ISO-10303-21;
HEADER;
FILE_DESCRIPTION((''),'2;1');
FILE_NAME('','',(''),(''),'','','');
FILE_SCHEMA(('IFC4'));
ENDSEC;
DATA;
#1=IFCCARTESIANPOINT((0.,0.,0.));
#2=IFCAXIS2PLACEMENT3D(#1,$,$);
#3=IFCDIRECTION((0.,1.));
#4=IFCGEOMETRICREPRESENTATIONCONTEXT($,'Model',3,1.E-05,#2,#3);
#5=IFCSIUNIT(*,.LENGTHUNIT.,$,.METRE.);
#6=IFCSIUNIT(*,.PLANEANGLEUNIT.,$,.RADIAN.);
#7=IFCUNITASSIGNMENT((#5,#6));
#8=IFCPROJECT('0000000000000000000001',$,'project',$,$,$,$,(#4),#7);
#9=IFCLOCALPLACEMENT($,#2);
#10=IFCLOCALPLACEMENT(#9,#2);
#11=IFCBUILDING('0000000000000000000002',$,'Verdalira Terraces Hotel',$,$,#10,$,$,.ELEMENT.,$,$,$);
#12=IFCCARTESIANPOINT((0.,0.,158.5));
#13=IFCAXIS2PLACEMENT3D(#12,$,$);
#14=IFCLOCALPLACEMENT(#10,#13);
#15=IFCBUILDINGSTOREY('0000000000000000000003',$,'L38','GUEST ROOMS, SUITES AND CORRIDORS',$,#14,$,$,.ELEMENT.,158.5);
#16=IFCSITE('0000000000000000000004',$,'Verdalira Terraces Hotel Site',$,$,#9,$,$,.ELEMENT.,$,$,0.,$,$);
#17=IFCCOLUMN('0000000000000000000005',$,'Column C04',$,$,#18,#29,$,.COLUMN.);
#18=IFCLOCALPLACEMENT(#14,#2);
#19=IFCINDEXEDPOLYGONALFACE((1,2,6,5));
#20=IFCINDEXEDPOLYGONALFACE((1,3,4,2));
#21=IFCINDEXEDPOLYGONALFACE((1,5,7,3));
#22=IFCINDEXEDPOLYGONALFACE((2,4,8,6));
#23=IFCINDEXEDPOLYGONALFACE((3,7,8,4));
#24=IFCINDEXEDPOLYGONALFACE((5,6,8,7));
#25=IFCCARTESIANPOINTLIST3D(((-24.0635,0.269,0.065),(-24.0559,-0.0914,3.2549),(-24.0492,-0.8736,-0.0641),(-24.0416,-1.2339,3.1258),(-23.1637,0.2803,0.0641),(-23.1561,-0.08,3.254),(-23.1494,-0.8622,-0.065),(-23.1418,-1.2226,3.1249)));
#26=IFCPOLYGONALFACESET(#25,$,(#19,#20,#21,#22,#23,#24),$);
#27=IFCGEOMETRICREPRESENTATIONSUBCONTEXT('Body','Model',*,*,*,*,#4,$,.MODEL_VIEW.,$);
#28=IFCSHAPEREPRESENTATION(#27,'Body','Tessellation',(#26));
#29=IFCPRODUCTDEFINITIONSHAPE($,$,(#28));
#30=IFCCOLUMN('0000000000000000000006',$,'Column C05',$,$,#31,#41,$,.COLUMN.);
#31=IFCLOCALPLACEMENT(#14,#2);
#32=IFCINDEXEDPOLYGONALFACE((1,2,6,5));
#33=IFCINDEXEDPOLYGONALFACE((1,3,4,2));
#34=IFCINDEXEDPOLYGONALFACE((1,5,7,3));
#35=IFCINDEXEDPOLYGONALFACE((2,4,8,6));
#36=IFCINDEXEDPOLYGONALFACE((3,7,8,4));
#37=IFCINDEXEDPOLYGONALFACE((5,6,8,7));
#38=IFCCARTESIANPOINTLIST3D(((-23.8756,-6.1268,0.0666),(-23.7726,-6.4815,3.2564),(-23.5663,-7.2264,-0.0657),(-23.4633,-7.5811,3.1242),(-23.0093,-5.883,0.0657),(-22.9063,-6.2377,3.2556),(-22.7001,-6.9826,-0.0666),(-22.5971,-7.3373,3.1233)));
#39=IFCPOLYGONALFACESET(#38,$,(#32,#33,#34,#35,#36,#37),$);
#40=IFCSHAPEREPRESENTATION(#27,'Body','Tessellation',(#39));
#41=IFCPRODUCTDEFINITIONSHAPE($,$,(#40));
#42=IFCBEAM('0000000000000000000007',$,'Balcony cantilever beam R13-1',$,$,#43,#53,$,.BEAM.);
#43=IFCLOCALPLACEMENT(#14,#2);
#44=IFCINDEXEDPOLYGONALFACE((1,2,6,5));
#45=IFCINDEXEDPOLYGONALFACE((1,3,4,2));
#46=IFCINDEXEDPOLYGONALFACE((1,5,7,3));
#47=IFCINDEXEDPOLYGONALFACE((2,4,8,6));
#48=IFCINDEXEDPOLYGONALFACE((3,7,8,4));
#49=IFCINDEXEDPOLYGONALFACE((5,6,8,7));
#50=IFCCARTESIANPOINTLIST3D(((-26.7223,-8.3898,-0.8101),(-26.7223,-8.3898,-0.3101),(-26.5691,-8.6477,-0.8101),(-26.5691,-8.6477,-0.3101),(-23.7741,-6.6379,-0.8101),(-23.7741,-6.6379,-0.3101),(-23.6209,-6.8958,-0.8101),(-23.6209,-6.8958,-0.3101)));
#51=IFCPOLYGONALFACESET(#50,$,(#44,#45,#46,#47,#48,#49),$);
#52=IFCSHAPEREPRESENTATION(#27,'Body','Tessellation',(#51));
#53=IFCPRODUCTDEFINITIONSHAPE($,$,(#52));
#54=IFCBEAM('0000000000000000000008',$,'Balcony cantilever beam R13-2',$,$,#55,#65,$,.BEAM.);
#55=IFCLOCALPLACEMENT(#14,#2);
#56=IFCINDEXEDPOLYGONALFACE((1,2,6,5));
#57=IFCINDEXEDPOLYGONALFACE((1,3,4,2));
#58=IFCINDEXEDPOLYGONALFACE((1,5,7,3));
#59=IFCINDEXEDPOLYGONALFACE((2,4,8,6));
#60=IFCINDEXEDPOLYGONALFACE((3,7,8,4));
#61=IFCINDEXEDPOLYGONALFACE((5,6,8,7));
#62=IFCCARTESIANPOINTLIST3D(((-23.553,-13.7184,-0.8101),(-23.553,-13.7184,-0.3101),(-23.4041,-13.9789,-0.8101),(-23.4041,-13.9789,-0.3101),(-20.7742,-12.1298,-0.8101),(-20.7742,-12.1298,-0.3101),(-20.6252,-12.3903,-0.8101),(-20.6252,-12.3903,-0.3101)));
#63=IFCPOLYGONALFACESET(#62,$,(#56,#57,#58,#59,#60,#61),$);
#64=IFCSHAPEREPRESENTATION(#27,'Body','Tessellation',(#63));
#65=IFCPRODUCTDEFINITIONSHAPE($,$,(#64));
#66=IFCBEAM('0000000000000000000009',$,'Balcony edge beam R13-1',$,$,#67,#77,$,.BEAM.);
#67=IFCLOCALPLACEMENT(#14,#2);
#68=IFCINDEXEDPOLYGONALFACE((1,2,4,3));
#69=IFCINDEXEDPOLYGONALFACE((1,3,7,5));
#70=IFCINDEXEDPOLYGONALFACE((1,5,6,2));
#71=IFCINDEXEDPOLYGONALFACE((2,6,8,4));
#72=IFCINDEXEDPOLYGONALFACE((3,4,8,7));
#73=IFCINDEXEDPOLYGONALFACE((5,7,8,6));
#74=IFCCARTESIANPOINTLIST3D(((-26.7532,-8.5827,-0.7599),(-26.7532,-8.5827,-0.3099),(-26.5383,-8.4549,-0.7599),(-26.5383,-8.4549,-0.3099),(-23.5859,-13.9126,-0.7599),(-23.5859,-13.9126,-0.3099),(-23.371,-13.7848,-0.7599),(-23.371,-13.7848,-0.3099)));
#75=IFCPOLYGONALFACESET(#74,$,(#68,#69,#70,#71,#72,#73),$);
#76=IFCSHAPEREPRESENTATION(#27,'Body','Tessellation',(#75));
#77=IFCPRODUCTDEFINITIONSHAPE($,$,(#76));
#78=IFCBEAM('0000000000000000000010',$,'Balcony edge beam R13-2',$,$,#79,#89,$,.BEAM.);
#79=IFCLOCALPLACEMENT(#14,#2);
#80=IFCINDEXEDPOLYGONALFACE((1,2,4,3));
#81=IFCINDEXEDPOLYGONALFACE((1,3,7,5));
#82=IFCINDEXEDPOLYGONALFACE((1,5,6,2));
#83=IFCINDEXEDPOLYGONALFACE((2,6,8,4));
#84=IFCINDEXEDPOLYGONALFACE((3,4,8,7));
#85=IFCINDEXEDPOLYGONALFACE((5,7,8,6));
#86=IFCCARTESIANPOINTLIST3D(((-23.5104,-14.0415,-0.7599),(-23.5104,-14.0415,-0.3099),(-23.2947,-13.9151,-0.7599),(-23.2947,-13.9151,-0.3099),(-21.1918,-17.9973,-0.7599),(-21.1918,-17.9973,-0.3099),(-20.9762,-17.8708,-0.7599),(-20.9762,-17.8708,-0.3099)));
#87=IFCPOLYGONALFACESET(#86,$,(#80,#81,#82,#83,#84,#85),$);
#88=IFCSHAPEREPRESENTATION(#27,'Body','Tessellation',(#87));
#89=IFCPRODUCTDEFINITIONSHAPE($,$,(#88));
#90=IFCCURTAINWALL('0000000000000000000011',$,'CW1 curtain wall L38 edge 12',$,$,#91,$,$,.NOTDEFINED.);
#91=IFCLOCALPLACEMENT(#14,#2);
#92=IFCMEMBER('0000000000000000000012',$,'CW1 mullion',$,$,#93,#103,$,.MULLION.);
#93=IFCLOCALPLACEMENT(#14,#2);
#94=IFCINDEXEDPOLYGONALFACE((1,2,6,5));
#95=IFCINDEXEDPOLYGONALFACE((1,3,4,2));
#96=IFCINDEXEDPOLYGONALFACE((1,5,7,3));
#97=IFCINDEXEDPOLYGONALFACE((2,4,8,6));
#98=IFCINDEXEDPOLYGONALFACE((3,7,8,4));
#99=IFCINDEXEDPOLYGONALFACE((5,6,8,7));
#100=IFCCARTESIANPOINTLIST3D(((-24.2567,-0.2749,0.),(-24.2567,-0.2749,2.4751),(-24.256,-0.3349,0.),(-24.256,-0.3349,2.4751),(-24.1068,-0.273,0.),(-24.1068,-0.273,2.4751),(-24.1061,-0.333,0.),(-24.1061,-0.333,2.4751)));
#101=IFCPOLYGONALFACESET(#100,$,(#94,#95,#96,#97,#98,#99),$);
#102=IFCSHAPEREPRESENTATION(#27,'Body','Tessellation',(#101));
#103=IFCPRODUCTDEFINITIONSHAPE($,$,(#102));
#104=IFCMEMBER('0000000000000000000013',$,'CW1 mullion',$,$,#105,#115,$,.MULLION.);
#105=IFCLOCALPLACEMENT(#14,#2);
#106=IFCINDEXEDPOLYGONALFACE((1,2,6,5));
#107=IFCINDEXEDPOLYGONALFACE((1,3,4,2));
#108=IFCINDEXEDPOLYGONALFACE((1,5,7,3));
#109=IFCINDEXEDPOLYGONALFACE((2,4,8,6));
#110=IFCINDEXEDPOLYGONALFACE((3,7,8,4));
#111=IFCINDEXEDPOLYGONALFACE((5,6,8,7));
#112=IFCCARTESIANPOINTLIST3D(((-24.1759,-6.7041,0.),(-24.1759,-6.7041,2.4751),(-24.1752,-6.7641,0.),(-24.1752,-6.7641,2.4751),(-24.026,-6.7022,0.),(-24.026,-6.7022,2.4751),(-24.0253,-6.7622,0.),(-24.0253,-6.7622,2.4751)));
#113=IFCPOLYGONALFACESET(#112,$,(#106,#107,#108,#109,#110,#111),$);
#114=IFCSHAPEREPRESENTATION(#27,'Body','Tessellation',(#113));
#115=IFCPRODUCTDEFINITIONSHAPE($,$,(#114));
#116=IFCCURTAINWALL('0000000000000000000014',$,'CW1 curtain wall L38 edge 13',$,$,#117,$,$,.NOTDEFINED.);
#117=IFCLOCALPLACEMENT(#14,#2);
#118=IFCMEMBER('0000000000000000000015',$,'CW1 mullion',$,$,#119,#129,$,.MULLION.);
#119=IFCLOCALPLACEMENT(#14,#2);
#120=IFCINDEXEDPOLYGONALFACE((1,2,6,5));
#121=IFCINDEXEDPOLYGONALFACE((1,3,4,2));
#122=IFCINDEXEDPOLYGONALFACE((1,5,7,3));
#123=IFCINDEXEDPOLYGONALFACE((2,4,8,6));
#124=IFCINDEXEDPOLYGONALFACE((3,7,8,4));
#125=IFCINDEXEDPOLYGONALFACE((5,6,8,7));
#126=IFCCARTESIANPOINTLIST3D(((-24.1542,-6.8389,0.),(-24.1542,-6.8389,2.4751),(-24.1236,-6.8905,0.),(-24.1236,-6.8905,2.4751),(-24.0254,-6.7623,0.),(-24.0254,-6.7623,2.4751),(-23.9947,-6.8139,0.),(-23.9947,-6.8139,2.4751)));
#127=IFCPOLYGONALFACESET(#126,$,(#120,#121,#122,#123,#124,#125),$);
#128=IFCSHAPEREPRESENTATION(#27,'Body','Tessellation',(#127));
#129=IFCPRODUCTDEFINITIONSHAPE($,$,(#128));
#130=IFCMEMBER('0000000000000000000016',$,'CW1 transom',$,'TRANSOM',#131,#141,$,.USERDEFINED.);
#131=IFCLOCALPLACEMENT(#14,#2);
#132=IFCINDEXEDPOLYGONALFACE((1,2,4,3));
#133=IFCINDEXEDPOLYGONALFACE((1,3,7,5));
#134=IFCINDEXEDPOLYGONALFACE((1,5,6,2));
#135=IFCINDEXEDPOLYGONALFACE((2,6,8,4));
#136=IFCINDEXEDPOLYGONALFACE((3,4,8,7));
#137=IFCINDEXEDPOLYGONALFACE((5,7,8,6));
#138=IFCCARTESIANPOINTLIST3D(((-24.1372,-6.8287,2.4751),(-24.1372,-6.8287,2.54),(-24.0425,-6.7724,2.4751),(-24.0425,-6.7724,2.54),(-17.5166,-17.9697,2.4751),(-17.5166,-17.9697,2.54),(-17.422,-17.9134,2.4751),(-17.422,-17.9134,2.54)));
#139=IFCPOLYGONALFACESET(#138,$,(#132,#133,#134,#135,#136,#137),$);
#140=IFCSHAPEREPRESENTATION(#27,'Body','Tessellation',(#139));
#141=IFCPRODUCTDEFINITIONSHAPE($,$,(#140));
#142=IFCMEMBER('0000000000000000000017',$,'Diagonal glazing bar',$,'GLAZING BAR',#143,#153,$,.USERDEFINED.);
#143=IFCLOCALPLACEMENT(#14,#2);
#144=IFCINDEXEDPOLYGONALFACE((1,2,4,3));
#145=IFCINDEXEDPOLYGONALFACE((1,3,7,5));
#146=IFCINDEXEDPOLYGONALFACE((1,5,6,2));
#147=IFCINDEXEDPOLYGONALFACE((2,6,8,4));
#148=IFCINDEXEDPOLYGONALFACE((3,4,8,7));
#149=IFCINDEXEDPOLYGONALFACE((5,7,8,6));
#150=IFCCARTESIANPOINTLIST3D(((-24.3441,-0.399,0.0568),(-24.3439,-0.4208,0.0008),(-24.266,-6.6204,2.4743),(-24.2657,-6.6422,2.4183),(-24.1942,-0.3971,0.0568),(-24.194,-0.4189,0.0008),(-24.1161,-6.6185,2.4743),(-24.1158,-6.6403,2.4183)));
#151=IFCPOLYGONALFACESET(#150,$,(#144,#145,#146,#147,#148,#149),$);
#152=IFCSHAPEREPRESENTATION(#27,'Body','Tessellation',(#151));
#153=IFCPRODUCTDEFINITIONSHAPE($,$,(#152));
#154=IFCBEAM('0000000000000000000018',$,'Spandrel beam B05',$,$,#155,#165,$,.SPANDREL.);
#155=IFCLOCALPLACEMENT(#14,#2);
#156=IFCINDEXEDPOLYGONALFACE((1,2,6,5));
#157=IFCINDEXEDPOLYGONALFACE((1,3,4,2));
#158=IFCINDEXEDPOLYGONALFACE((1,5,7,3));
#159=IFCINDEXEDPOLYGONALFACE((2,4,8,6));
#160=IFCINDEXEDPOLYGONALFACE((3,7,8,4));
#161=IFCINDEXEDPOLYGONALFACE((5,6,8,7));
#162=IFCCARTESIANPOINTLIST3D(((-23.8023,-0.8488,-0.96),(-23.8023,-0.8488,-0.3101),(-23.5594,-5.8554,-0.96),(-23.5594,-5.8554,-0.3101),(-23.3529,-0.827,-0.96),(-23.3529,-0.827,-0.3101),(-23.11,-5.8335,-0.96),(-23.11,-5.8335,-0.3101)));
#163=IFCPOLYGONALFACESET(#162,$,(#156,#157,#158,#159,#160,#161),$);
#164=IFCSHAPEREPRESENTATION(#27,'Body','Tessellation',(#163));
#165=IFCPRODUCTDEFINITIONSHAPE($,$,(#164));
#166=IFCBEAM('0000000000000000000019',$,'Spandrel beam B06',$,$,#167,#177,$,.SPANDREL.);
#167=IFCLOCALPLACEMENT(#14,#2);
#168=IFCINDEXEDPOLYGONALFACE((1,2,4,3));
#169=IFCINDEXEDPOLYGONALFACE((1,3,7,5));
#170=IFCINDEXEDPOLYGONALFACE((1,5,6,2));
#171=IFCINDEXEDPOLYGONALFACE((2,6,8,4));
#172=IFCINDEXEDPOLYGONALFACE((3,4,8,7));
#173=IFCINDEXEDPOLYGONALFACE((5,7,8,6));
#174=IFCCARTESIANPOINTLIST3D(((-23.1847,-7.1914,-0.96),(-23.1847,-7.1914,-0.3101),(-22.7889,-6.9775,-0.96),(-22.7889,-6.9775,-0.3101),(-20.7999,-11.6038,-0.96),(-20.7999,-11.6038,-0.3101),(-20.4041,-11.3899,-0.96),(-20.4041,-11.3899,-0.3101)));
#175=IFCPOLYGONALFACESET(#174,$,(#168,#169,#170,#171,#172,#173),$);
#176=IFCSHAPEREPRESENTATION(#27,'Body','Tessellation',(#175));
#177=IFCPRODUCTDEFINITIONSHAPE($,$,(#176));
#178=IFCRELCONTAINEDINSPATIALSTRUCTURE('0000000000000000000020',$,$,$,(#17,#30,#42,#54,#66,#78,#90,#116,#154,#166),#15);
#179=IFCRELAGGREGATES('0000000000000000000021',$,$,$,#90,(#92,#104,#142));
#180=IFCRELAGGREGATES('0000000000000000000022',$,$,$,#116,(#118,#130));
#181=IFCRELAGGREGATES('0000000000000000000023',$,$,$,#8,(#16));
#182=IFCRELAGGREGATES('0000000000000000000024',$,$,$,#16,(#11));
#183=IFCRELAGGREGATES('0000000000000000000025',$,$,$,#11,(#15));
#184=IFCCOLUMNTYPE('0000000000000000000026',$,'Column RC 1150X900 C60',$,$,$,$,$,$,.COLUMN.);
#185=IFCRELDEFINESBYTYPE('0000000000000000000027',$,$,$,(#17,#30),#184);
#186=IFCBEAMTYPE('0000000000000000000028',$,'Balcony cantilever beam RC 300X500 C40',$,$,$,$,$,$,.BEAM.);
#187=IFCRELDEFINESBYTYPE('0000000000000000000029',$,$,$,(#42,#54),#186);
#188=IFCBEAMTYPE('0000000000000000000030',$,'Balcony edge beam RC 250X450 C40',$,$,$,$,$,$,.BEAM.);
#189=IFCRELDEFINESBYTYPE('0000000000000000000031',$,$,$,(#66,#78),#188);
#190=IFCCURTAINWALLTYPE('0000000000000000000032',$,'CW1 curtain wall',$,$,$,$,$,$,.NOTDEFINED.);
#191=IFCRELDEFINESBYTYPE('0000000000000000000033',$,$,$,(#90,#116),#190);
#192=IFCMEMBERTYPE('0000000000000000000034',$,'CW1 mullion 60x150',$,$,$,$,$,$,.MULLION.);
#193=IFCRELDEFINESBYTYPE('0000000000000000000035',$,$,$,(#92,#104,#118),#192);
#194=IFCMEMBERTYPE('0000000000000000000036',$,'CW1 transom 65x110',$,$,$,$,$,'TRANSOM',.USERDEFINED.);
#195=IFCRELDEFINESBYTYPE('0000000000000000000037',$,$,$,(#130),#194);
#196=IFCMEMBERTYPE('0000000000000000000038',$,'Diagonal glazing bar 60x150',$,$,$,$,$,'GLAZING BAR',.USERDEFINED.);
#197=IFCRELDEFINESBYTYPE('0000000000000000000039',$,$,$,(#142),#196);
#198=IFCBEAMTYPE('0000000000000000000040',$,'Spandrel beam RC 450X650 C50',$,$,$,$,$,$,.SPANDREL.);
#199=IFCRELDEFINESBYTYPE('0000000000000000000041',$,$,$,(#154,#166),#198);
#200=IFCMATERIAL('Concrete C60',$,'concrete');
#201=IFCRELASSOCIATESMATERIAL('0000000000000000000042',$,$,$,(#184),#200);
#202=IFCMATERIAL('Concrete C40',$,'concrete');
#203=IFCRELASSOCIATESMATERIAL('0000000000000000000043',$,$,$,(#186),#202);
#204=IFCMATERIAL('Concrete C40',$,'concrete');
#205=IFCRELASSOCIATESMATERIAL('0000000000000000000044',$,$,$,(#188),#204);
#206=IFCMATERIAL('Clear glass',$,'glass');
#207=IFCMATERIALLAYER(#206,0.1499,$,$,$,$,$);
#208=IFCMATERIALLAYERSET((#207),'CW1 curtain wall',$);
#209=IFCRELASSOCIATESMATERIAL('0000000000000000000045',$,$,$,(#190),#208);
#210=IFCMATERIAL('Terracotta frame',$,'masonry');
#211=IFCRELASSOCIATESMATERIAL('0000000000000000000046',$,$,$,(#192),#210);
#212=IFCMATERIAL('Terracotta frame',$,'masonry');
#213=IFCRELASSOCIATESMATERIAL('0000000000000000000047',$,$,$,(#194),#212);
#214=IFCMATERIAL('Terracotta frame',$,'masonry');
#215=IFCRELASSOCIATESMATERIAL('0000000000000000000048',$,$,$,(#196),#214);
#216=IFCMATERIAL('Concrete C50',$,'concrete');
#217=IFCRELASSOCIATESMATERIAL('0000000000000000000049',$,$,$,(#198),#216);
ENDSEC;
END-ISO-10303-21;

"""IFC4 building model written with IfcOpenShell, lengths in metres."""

from ifc_helpers import new_model, si_unit, direction, frame, origin, origin_2d, place, context, subcontext, project, spatial, rectangle, extrude, material, layer, layer_set, material_profile, profile_set, type_object, element, aggregate, save


model = new_model("IFC4")

# Units and contexts
model_context = context("Model", 3, precision=1e-05, world=origin(), true_north=direction((0.0, 1.0)))
body_context = subcontext(model_context, "Body", "Model", "MODEL_VIEW")
ifc_project = project(units=[si_unit("LENGTHUNIT", "METRE"), si_unit("PLANEANGLEUNIT", "RADIAN")], contexts=[model_context])

# Site, building, storey
site_placement = place(None, origin())
site = spatial("IfcSite", under=ifc_project, at=site_placement, Name="Verdalira Terraces Hotel Site", CompositionType="ELEMENT", RefElevation=0.0)
building_placement = place(site_placement, origin())
building = spatial("IfcBuilding", under=site, at=building_placement, Name="Verdalira Terraces Hotel", CompositionType="ELEMENT")
storey_placement = place(building_placement, frame((0.0, 0.0, 158.5)))
storey = spatial("IfcBuildingStorey", under=building, at=storey_placement, Name="L38", Description="GUEST ROOMS, SUITES AND CORRIDORS", CompositionType="ELEMENT", Elevation=158.5)

# Columns
ifc_material_1 = material(Name="Concrete C60", Category="concrete")
ifc_material_profile_1 = material_profile(ifc_material_1, rectangle(XDim=1.1499, YDim=0.8999, at=origin_2d()), Name="RC 1150X900")
ifc_profile_set_1 = profile_set([ifc_material_profile_1], Name="Concrete C60")
column_type = type_object("IfcColumnType", Name="Column RC 1150X900 C60", PredefinedType="COLUMN", material=ifc_profile_set_1)
column_1_placement = place(storey_placement, frame((-23.6064, -0.2966, 0.0), z_axis=(0.002358, -0.112251, 0.993677), x_axis=(0.012435, -0.9936, -0.112271)))
element("IfcColumn", 1, at=column_1_placement, inside=storey, type_object=column_type, Name="Column C04", PredefinedType="COLUMN", context=body_context, shape_type="SweptSolid", body=[
    extrude(rectangle(XDim=1.1499, YDim=0.8999, at=origin_2d()), origin(), (0.0, 0.0, 1.0), 3.2102),
])
column_2_placement = place(storey_placement, frame((-23.2878, -6.5547, 0.0), z_axis=(0.032083, -0.110466, 0.993362), x_axis=(-0.268949, 0.956261, 0.115027)))
element("IfcColumn", 2, at=column_2_placement, inside=storey, type_object=column_type, Name="Column C05", PredefinedType="COLUMN", context=body_context, shape_type="SweptSolid", body=[
    extrude(rectangle(XDim=1.1499, YDim=0.8999, at=origin_2d()), origin(), (0.0, 0.0, 1.0), 3.2112),
])

# Beams
ifc_material_2 = material(Name="Concrete C40", Category="concrete")
ifc_material_profile_2 = material_profile(ifc_material_2, rectangle(XDim=0.3, YDim=0.5, at=origin_2d()), Name="RC 300X500")
ifc_profile_set_2 = profile_set([ifc_material_profile_2], Name="Concrete C40")
beam_type_1 = type_object("IfcBeamType", Name="Balcony cantilever beam RC 300X500 C40", PredefinedType="BEAM", material=ifc_profile_set_2)
beam_1_placement = place(storey_placement, frame((-23.6975, -6.7668, -0.5601), z_axis=(-0.859671, -0.510848, 0.0), x_axis=(0.510848, -0.859671, 0.0)))
element("IfcBeam", 3, at=beam_1_placement, inside=storey, type_object=beam_type_1, Name="Balcony cantilever beam R13-1", PredefinedType="BEAM", context=body_context, shape_type="SweptSolid", body=[
    extrude(rectangle(XDim=0.3, YDim=0.5, at=origin_2d()), origin(), (0.0, 0.0, 1.0), 3.4294),
])
beam_2_placement = place(storey_placement, frame((-20.6997, -12.26, -0.5601), z_axis=(-0.868145, -0.496311, 0.0), x_axis=(0.496311, -0.868145, 0.0)))
element("IfcBeam", 4, at=beam_2_placement, inside=storey, type_object=beam_type_1, Name="Balcony cantilever beam R13-2", PredefinedType="BEAM", context=body_context, shape_type="SweptSolid", body=[
    extrude(rectangle(XDim=0.3, YDim=0.5, at=origin_2d()), origin(), (0.0, 0.0, 1.0), 3.2009),
])
ifc_material_3 = material(Name="Concrete C40", Category="concrete")
ifc_material_profile_3 = material_profile(ifc_material_3, rectangle(XDim=0.25, YDim=0.45, at=origin_2d()), Name="RC 250X450")
ifc_profile_set_3 = profile_set([ifc_material_profile_3], Name="Concrete C40")
beam_type_2 = type_object("IfcBeamType", Name="Balcony edge beam RC 250X450 C40", PredefinedType="BEAM", material=ifc_profile_set_3)
beam_3_placement = place(storey_placement, frame((-26.6458, -8.5188, -0.5349), z_axis=(0.510854, -0.859667, 0.0), x_axis=(0.859667, 0.510854, 0.0)))
element("IfcBeam", 5, at=beam_3_placement, inside=storey, type_object=beam_type_2, Name="Balcony edge beam R13-1", PredefinedType="BEAM", context=body_context, shape_type="SweptSolid", body=[
    extrude(rectangle(XDim=0.25, YDim=0.45, at=origin_2d()), origin(), (0.0, 0.0, 1.0), 6.2),
])
beam_4_placement = place(storey_placement, frame((-23.4026, -13.9783, -0.5349), z_axis=(0.505668, -0.862728, 0.0), x_axis=(0.862728, 0.505668, 0.0)))
element("IfcBeam", 6, at=beam_4_placement, inside=storey, type_object=beam_type_2, Name="Balcony edge beam R13-2", PredefinedType="BEAM", context=body_context, shape_type="SweptSolid", body=[
    extrude(rectangle(XDim=0.25, YDim=0.45, at=origin_2d()), origin(), (0.0, 0.0, 1.0), 4.5852),
])

# Curtain walls, members
ifc_material_4 = material(Name="Clear glass", Category="glass")
ifc_layer_1 = layer(ifc_material_4, 0.1499)
ifc_layer_set_1 = layer_set([ifc_layer_1], Name="CW1 curtain wall")
curtain_wall_type = type_object("IfcCurtainWallType", Name="CW1 curtain wall", PredefinedType="NOTDEFINED", material=ifc_layer_set_1)
curtain_wall_1_placement = place(storey_placement, origin())
curtain_wall_1 = element("IfcCurtainWall", 7, at=curtain_wall_1_placement, inside=storey, type_object=curtain_wall_type, Name="CW1 curtain wall L38 edge 12", PredefinedType="NOTDEFINED")
ifc_material_5 = material(Name="Terracotta frame", Category="masonry")
ifc_material_profile_4 = material_profile(ifc_material_5, rectangle(XDim=0.0601, YDim=0.1499, at=origin_2d()), Name="MU 60x150")
ifc_profile_set_4 = profile_set([ifc_material_profile_4], Name="Terracotta frame")
member_type_1 = type_object("IfcMemberType", Name="CW1 mullion 60x150", PredefinedType="MULLION", material=ifc_profile_set_4)
member_1_placement = place(storey_placement, frame((-24.1814, -0.304, 0.0), z_axis=(0.0, 0.0, 1.0), x_axis=(0.012566, -0.999921, 0.0)))
member_1 = element("IfcMember", 8, at=member_1_placement, type_object=member_type_1, Name="CW1 mullion", PredefinedType="MULLION", context=body_context, shape_type="SweptSolid", body=[
    extrude(rectangle(XDim=0.0601, YDim=0.1499, at=origin_2d()), origin(), (0.0, 0.0, 1.0), 2.4751),
])
member_2_placement = place(storey_placement, frame((-24.1006, -6.7332, 0.0), z_axis=(0.0, 0.0, 1.0), x_axis=(0.012566, -0.999921, 0.0)))
member_2 = element("IfcMember", 9, at=member_2_placement, type_object=member_type_1, Name="CW1 mullion", PredefinedType="MULLION", context=body_context, shape_type="SweptSolid", body=[
    extrude(rectangle(XDim=0.0601, YDim=0.1499, at=origin_2d()), origin(), (0.0, 0.0, 1.0), 2.4751),
])
curtain_wall_2_placement = place(storey_placement, origin())
curtain_wall_2 = element("IfcCurtainWall", 10, at=curtain_wall_2_placement, inside=storey, type_object=curtain_wall_type, Name="CW1 curtain wall L38 edge 13", PredefinedType="NOTDEFINED")
member_3_placement = place(storey_placement, frame((-24.0745, -6.8264, 0.0), z_axis=(0.0, 0.0, 1.0), x_axis=(0.510843, -0.859674, 0.0)))
member_3 = element("IfcMember", 11, at=member_3_placement, type_object=member_type_1, Name="CW1 mullion", PredefinedType="MULLION", context=body_context, shape_type="SweptSolid", body=[
    extrude(rectangle(XDim=0.0601, YDim=0.1499, at=origin_2d()), origin(), (0.0, 0.0, 1.0), 2.4751),
])
ifc_material_6 = material(Name="Terracotta frame", Category="masonry")
ifc_material_profile_5 = material_profile(ifc_material_6, rectangle(XDim=0.1101, YDim=0.0649, at=origin_2d()), Name="TR 65x110")
ifc_profile_set_5 = profile_set([ifc_material_profile_5], Name="Terracotta frame")
member_type_2 = type_object("IfcMemberType", Name="CW1 transom 65x110", ElementType="TRANSOM", PredefinedType="USERDEFINED", material=ifc_profile_set_5)
member_4_placement = place(storey_placement, frame((-24.0898, -6.8005, 2.5076), z_axis=(0.510856, -0.859666, 0.0), x_axis=(0.859666, 0.510856, 0.0)))
member_4 = element("IfcMember", 12, at=member_4_placement, type_object=member_type_2, Name="CW1 transom", ObjectType="TRANSOM", PredefinedType="USERDEFINED", context=body_context, shape_type="SweptSolid", body=[
    extrude(rectangle(XDim=0.1101, YDim=0.0649, at=origin_2d()), origin(), (0.0, 0.0, 1.0), 12.9597),
])

# Member
ifc_material_7 = material(Name="Terracotta frame", Category="masonry")
ifc_material_profile_6 = material_profile(ifc_material_7, rectangle(XDim=0.1499, YDim=0.0601, at=origin_2d()), Name="GB 60x150")
ifc_profile_set_6 = profile_set([ifc_material_profile_6], Name="Terracotta frame")
member_type_3 = type_object("IfcMemberType", Name="Diagonal glazing bar 60x150", ElementType="GLAZING BAR", PredefinedType="USERDEFINED", material=ifc_profile_set_6)
member_5_placement = place(storey_placement, frame((-24.269, -0.4089, 0.0288), z_axis=(0.011704, -0.93204, 0.362165), x_axis=(0.999921, 0.012556, 0.0)))
member_5 = element("IfcMember", 13, at=member_5_placement, type_object=member_type_3, Name="Diagonal glazing bar", ObjectType="GLAZING BAR", PredefinedType="USERDEFINED", context=body_context, shape_type="SweptSolid", body=[
    extrude(rectangle(XDim=0.1499, YDim=0.0601, at=origin_2d()), origin(), (0.0, 0.0, 1.0), 6.675),
])

# Beams
ifc_material_8 = material(Name="Concrete C50", Category="concrete")
ifc_material_profile_7 = material_profile(ifc_material_8, rectangle(XDim=0.45, YDim=0.6499, at=origin_2d()), Name="RC 450X650")
ifc_profile_set_7 = profile_set([ifc_material_profile_7], Name="Concrete C50")
beam_type_3 = type_object("IfcBeamType", Name="Spandrel beam RC 450X650 C50", PredefinedType="SPANDREL", material=ifc_profile_set_7)
beam_5_placement = place(storey_placement, frame((-23.5776, -0.8379, -0.635), z_axis=(0.048463, -0.998825, 0.0), x_axis=(0.998825, 0.048463, 0.0)))
element("IfcBeam", 14, at=beam_5_placement, inside=storey, type_object=beam_type_3, Name="Spandrel beam B05", PredefinedType="SPANDREL", context=body_context, shape_type="SweptSolid", body=[
    extrude(rectangle(XDim=0.45, YDim=0.6499, at=origin_2d()), origin(), (0.0, 0.0, 1.0), 5.0125),
])
beam_6_placement = place(storey_placement, frame((-22.9868, -7.0845, -0.635), z_axis=(0.475472, -0.879731, 0.0), x_axis=(0.879731, 0.475472, 0.0)))
element("IfcBeam", 15, at=beam_6_placement, inside=storey, type_object=beam_type_3, Name="Spandrel beam B06", PredefinedType="SPANDREL", context=body_context, shape_type="SweptSolid", body=[
    extrude(rectangle(XDim=0.45, YDim=0.6499, at=origin_2d()), origin(), (0.0, 0.0, 1.0), 5.0156),
])

aggregate(curtain_wall_1, [member_1, member_2, member_5])
aggregate(curtain_wall_2, [member_3, member_4])

save(model, "model.ifc")
